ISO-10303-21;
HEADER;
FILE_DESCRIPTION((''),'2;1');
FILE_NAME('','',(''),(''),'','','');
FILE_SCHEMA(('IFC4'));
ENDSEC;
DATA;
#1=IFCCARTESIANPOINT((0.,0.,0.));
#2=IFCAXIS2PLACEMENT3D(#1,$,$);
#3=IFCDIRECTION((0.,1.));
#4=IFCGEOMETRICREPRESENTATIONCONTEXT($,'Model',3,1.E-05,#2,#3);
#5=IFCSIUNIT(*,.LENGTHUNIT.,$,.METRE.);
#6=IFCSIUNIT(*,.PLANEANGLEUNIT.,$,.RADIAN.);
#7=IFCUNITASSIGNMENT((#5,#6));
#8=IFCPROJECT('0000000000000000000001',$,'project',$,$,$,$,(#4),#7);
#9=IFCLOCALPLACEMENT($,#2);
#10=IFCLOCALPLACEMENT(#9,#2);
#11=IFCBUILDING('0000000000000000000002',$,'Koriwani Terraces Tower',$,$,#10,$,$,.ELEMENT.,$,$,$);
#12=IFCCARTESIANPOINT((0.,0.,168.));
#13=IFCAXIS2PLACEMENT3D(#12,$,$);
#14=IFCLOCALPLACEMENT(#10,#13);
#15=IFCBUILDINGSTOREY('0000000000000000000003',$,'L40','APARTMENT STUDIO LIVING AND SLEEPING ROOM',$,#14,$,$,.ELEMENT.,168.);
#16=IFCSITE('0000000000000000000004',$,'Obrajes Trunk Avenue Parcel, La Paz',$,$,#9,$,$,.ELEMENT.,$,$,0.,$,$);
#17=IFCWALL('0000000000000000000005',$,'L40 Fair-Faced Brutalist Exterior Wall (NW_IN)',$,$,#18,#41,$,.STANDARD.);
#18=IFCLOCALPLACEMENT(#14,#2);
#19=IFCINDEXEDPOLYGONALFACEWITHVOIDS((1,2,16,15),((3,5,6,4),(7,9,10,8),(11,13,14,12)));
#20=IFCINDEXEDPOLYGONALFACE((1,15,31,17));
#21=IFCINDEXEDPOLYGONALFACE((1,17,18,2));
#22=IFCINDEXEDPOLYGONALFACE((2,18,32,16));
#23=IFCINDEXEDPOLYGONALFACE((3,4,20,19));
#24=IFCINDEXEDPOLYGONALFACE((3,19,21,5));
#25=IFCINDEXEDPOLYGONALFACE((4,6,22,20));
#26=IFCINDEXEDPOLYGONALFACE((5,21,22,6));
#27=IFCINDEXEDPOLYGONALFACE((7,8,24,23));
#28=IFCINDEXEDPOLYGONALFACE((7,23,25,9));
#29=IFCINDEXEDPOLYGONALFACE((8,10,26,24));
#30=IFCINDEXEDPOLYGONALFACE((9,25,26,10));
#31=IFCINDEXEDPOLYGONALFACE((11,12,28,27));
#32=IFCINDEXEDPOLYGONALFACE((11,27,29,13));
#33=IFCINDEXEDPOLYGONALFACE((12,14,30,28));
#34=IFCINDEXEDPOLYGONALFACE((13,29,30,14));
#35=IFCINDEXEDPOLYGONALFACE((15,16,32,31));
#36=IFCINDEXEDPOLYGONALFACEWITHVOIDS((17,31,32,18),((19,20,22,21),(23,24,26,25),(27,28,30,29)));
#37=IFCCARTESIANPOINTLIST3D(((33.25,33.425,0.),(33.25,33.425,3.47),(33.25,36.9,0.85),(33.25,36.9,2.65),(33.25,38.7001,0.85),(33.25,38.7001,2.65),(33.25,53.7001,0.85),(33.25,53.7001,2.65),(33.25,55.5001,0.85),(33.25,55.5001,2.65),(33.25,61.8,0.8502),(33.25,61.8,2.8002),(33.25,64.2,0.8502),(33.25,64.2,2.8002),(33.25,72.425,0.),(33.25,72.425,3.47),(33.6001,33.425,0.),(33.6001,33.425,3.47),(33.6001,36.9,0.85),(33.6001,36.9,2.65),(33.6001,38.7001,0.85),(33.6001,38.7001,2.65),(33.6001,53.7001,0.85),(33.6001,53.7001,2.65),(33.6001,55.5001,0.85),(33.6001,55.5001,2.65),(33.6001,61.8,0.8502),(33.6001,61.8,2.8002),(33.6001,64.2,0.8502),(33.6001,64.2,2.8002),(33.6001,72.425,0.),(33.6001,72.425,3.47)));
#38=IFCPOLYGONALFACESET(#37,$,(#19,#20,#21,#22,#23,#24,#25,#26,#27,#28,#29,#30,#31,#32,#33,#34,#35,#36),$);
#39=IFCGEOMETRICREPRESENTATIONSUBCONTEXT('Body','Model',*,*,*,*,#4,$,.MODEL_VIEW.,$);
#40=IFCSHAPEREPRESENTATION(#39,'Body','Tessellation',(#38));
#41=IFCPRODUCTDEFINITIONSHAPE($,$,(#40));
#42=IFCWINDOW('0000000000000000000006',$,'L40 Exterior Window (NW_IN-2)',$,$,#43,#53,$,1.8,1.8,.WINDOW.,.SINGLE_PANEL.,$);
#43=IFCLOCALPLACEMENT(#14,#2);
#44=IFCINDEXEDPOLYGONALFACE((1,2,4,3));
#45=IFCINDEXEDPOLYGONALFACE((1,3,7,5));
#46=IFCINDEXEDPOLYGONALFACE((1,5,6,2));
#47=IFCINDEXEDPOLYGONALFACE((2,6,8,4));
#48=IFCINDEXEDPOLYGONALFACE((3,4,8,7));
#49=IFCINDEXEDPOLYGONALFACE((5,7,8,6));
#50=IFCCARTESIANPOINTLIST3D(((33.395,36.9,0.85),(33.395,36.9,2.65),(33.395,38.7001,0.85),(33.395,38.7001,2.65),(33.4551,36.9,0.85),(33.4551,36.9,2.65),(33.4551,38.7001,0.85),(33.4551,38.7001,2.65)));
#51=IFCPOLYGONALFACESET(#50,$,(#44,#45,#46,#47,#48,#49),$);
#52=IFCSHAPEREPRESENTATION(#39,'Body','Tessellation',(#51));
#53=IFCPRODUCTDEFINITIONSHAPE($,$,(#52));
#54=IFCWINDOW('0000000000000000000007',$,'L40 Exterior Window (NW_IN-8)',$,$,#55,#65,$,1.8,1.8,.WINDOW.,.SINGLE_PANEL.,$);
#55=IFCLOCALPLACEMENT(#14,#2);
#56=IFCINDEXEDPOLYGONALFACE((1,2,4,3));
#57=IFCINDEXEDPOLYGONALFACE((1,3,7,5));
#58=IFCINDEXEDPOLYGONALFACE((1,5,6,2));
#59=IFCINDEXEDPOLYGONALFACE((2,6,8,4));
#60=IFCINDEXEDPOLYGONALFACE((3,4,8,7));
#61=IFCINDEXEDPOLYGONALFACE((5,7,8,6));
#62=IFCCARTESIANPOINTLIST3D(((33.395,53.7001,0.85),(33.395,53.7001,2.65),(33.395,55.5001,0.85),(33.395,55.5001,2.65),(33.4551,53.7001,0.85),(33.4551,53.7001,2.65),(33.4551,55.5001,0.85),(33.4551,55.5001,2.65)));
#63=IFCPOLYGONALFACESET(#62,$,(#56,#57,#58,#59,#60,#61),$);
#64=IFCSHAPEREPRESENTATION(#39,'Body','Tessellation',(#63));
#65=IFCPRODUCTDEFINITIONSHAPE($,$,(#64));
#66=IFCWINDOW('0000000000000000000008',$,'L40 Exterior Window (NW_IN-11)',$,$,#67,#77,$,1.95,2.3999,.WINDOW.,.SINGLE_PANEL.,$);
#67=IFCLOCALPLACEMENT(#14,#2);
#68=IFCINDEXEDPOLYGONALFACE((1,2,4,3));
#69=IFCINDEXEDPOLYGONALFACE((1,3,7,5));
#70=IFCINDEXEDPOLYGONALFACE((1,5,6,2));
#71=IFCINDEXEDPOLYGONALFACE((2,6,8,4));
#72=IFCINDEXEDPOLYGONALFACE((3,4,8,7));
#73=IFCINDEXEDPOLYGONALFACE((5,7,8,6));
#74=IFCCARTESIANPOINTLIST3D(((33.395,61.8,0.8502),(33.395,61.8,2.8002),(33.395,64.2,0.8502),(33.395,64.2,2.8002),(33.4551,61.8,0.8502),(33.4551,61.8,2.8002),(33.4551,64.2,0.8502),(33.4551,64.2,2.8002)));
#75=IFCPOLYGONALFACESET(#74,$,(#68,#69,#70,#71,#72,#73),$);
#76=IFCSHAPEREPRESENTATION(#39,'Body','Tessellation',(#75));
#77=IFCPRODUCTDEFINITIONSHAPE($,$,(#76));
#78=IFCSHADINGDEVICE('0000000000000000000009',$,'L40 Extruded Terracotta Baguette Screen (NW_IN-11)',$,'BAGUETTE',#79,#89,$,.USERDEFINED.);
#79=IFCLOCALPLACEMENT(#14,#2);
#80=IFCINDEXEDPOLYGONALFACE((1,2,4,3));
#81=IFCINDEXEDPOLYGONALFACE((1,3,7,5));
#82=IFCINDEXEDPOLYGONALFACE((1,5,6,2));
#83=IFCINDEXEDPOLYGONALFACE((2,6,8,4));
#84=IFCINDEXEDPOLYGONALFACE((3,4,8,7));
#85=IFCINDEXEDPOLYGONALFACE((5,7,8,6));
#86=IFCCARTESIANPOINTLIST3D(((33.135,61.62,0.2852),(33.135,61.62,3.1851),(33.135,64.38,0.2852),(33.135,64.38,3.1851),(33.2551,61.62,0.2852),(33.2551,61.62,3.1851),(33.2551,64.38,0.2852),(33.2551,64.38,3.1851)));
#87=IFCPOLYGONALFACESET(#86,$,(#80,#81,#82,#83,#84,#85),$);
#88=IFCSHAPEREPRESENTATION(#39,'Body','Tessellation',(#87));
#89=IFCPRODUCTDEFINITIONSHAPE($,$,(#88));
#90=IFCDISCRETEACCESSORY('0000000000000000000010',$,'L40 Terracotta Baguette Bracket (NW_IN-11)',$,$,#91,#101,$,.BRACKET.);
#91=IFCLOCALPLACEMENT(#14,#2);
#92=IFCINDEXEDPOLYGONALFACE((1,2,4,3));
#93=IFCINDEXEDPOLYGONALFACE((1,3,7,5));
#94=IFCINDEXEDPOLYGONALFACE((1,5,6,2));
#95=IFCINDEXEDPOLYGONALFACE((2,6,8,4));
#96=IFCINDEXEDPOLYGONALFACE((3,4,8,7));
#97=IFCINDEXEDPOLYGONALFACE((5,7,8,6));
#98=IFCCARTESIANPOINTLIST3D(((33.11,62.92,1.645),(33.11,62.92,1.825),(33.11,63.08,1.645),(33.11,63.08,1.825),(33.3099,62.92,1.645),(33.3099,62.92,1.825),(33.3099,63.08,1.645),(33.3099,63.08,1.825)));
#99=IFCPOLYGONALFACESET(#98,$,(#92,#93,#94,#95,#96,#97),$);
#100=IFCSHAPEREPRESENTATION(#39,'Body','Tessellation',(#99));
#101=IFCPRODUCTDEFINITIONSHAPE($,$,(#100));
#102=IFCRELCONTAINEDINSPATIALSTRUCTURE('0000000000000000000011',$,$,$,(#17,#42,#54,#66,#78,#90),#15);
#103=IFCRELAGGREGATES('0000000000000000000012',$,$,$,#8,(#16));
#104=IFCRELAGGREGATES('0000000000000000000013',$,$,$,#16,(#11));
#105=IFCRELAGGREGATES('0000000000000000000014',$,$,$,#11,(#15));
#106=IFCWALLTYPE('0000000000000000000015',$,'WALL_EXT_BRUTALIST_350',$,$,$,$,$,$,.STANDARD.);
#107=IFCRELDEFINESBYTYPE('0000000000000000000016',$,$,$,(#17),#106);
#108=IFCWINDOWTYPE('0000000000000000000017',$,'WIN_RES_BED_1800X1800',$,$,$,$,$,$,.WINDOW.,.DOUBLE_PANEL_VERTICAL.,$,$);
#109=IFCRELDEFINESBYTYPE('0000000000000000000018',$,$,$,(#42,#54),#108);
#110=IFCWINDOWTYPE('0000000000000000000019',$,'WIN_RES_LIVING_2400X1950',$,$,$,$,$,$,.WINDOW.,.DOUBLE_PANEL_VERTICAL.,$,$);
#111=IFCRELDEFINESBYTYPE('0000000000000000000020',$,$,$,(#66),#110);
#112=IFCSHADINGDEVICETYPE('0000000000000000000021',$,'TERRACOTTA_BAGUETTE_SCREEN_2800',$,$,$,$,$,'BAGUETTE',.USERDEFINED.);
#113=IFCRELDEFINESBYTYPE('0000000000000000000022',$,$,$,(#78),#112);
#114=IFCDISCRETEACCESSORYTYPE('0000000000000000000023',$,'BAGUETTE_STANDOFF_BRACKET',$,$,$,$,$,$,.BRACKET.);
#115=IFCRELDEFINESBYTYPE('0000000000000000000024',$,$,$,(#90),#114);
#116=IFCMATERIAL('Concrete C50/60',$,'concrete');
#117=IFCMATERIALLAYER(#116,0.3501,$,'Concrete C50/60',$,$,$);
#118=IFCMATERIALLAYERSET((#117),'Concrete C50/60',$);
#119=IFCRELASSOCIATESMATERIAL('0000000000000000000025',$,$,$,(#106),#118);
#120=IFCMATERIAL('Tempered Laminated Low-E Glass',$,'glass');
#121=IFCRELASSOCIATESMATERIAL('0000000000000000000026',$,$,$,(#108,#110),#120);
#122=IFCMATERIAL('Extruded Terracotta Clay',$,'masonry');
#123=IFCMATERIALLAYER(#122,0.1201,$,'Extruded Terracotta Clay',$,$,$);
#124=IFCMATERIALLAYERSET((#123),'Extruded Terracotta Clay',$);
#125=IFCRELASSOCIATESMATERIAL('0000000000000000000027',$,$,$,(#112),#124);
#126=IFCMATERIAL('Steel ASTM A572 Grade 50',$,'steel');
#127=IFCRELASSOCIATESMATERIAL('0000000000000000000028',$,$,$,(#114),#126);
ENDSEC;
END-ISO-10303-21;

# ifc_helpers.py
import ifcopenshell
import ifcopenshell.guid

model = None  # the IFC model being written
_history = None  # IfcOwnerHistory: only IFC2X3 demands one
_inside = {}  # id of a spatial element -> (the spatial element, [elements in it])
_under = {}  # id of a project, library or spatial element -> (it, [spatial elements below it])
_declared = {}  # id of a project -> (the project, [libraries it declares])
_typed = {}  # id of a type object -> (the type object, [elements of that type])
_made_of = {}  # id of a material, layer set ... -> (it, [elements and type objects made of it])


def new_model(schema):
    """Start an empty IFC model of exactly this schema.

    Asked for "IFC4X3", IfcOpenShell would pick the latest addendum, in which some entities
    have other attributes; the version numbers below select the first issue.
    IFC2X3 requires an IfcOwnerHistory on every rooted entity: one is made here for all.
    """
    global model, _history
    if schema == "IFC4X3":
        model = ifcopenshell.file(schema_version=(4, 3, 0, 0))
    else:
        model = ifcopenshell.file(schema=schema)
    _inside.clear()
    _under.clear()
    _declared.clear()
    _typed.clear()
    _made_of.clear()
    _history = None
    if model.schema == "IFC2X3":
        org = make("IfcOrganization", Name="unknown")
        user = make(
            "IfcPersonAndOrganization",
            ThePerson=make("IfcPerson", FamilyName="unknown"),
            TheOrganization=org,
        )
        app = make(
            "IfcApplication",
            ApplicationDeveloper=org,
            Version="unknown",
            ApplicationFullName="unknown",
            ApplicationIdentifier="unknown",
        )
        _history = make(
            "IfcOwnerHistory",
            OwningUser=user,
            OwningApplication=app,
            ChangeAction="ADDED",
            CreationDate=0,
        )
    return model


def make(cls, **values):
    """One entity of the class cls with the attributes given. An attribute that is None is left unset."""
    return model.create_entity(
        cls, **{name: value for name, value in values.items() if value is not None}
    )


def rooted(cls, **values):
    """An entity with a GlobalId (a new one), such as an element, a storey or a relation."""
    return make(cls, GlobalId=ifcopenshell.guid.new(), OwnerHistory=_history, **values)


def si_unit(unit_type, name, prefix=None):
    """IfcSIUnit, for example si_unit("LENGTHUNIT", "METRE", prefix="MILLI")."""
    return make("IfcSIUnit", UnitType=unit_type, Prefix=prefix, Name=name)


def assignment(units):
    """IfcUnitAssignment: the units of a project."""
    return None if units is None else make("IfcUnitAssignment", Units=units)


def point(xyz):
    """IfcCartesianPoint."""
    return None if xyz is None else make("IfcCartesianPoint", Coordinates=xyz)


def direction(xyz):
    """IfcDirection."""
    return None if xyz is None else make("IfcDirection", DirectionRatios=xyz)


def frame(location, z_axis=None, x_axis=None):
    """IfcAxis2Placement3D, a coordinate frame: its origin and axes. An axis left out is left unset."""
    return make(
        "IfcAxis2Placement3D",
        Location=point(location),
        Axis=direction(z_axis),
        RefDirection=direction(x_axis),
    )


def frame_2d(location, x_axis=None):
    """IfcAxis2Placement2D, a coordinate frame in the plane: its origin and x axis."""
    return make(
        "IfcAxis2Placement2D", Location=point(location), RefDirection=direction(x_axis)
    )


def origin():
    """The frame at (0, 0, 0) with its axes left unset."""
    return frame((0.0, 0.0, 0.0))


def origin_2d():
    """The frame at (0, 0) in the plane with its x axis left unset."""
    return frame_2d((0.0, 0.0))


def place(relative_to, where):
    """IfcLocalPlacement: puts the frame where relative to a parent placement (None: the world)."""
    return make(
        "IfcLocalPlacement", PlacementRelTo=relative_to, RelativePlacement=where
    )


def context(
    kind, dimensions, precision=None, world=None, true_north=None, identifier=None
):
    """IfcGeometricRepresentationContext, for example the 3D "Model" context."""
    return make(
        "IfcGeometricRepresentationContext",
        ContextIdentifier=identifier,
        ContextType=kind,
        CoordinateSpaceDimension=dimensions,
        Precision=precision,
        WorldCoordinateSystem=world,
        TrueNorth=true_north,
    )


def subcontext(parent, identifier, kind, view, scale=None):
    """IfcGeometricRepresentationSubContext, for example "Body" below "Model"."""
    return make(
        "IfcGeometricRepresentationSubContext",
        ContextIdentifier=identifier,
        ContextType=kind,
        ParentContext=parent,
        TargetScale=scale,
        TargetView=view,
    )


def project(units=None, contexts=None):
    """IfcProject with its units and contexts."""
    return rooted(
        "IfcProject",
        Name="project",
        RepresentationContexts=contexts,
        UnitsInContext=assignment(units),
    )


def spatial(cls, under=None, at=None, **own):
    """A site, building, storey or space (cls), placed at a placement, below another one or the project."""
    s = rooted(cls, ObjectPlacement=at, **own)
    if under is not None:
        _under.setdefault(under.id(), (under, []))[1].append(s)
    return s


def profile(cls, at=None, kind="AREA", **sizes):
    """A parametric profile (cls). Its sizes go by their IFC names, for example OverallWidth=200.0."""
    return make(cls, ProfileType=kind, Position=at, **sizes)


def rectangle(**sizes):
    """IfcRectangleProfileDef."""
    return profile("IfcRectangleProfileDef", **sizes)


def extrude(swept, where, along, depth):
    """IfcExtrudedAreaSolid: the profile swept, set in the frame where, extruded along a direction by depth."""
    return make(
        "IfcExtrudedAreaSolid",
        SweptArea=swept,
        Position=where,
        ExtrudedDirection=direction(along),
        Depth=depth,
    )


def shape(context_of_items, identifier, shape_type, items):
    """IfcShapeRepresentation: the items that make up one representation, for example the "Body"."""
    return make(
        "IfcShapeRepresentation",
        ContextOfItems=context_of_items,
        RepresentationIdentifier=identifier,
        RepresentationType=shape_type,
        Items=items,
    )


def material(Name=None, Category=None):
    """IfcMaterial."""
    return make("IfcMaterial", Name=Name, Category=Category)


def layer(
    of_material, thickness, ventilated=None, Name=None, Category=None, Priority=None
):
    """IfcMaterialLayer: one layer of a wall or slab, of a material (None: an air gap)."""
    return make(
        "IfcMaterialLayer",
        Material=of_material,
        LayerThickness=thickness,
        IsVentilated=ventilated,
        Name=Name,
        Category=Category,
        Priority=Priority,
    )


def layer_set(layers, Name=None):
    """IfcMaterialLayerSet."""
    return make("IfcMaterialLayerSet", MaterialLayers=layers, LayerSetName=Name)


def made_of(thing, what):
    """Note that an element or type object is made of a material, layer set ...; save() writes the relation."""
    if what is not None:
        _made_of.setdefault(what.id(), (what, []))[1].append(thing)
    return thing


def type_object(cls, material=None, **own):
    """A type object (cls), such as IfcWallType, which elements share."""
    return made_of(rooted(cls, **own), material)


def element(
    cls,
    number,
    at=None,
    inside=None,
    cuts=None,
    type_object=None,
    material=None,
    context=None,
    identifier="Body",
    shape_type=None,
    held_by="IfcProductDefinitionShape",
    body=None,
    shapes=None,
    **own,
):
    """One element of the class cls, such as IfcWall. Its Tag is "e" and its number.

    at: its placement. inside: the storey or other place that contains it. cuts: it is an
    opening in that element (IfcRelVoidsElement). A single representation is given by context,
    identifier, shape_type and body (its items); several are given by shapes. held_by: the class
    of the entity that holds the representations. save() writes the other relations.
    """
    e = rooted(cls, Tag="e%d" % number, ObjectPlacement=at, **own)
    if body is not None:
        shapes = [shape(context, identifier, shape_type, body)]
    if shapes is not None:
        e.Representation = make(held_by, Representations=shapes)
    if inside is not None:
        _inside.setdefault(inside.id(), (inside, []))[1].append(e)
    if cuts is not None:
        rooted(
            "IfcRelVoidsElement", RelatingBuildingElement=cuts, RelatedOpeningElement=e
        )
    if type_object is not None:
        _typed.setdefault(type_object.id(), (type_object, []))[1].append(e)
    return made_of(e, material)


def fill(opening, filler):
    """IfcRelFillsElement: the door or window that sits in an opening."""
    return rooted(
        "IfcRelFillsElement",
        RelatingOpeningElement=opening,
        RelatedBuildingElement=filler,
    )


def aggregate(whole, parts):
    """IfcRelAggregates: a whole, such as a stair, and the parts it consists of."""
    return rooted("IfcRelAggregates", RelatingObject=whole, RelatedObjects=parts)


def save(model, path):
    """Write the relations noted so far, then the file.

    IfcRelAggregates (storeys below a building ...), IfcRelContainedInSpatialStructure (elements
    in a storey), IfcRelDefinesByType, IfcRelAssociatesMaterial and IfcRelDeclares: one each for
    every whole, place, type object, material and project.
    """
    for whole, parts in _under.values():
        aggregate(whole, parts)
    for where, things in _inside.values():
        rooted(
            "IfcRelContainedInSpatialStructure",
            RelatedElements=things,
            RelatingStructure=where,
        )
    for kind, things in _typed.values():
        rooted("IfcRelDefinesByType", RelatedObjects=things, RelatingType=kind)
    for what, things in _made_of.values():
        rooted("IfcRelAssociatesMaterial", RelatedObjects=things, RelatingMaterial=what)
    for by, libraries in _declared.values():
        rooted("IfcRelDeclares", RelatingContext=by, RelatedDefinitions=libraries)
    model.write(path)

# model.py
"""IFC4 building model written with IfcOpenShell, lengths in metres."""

from ifc_helpers import new_model, si_unit, direction, frame, frame_2d, origin, origin_2d, place, context, subcontext, project, spatial, rectangle, extrude, material, layer, layer_set, type_object, element, fill, save


model = new_model("IFC4")

# Units and contexts
model_context = context("Model", 3, precision=1e-05, world=origin(), true_north=direction((0.0, 1.0)))
body_context = subcontext(model_context, "Body", "Model", "MODEL_VIEW")
ifc_project = project(units=[si_unit("LENGTHUNIT", "METRE"), si_unit("PLANEANGLEUNIT", "RADIAN")], contexts=[model_context])

# Site, building, storey
site_placement = place(None, origin())
site = spatial("IfcSite", under=ifc_project, at=site_placement, Name="Obrajes Trunk Avenue Parcel, La Paz", CompositionType="ELEMENT", RefElevation=0.0)
building_placement = place(site_placement, origin())
building = spatial("IfcBuilding", under=site, at=building_placement, Name="Koriwani Terraces Tower", CompositionType="ELEMENT")
storey_placement = place(building_placement, frame((0.0, 0.0, 168.0)))
storey = spatial("IfcBuildingStorey", under=building, at=storey_placement, Name="L40", Description="APARTMENT STUDIO LIVING AND SLEEPING ROOM", CompositionType="ELEMENT", Elevation=168.0)

# Shared definitions
ifc_material_1 = material(Name="Concrete C50/60", Category="concrete")

# Wall, openings, windows
ifc_layer_1 = layer(ifc_material_1, 0.3501, Name="Concrete C50/60")
ifc_layer_set_1 = layer_set([ifc_layer_1], Name="Concrete C50/60")
wall_type = type_object("IfcWallType", Name="WALL_EXT_BRUTALIST_350", PredefinedType="STANDARD", material=ifc_layer_set_1)
wall_placement = place(storey_placement, frame((33.425, 72.425, 0.0), z_axis=(0.0, 0.0, 1.0), x_axis=(0.0, -1.0, 0.0)))
wall = element("IfcWall", 1, at=wall_placement, inside=storey, type_object=wall_type, Name="L40 Fair-Faced Brutalist Exterior Wall (NW_IN)", PredefinedType="STANDARD", context=body_context, shape_type="SweptSolid", body=[
    extrude(rectangle(XDim=39.0, YDim=0.3501, at=frame_2d((19.5, 0.0))), origin(), (0.0, 0.0, 1.0), 3.47),
])
opening_1_placement = place(wall_placement, frame((33.7251, 0.0, 0.8501)))
opening_1 = element("IfcOpeningElement", 2, at=opening_1_placement, cuts=wall, PredefinedType="OPENING", context=body_context, shape_type="SweptSolid", body=[
    extrude(rectangle(XDim=1.8, YDim=1.8, at=frame_2d((0.8999, 0.8999))), frame((0.0, 0.1851, 0.0), z_axis=(0.0, -1.0, 0.0), x_axis=(1.0, 0.0, 0.0)), (0.0, 0.0, 1.0), 0.3701),
])
opening_2_placement = place(wall_placement, frame((16.925, 0.0, 0.8501)))
opening_2 = element("IfcOpeningElement", 3, at=opening_2_placement, cuts=wall, PredefinedType="OPENING", context=body_context, shape_type="SweptSolid", body=[
    extrude(rectangle(XDim=1.8, YDim=1.8, at=frame_2d((0.8999, 0.8999))), frame((0.0, 0.1851, 0.0), z_axis=(0.0, -1.0, 0.0), x_axis=(1.0, 0.0, 0.0)), (0.0, 0.0, 1.0), 0.3701),
])
opening_3_placement = place(wall_placement, frame((8.2251, 0.0, 0.8501)))
opening_3 = element("IfcOpeningElement", 4, at=opening_3_placement, cuts=wall, PredefinedType="OPENING", context=body_context, shape_type="SweptSolid", body=[
    extrude(rectangle(XDim=2.3999, YDim=1.95, at=frame_2d((1.2, 0.9751))), frame((0.0, 0.1851, 0.0), z_axis=(0.0, -1.0, 0.0), x_axis=(1.0, 0.0, 0.0)), (0.0, 0.0, 1.0), 0.3701),
])
ifc_material_2 = material(Name="Tempered Laminated Low-E Glass", Category="glass")
window_type_1 = type_object("IfcWindowType", Name="WIN_RES_BED_1800X1800", PartitioningType="DOUBLE_PANEL_VERTICAL", PredefinedType="WINDOW", material=ifc_material_2)
window_1_placement = place(opening_1_placement, origin())
window_1 = element("IfcWindow", 5, at=window_1_placement, inside=storey, type_object=window_type_1, Name="L40 Exterior Window (NW_IN-2)", OverallHeight=1.8, OverallWidth=1.8, PartitioningType="SINGLE_PANEL", PredefinedType="WINDOW", context=body_context, shape_type="SweptSolid", body=[
    extrude(rectangle(XDim=1.8, YDim=1.8, at=frame_2d((0.8999, 0.8999))), frame((0.0, 0.03, 0.0), z_axis=(0.0, -1.0, 0.0), x_axis=(1.0, 0.0, 0.0)), (0.0, 0.0, 1.0), 0.0601),
])
fill(opening_1, window_1)
window_2_placement = place(opening_2_placement, origin())
window_2 = element("IfcWindow", 6, at=window_2_placement, inside=storey, type_object=window_type_1, Name="L40 Exterior Window (NW_IN-8)", OverallHeight=1.8, OverallWidth=1.8, PartitioningType="SINGLE_PANEL", PredefinedType="WINDOW", context=body_context, shape_type="SweptSolid", body=[
    extrude(rectangle(XDim=1.8, YDim=1.8, at=frame_2d((0.8999, 0.8999))), frame((0.0, 0.03, 0.0), z_axis=(0.0, -1.0, 0.0), x_axis=(1.0, 0.0, 0.0)), (0.0, 0.0, 1.0), 0.0601),
])
fill(opening_2, window_2)
window_type_2 = type_object("IfcWindowType", Name="WIN_RES_LIVING_2400X1950", PartitioningType="DOUBLE_PANEL_VERTICAL", PredefinedType="WINDOW", material=ifc_material_2)
window_3_placement = place(opening_3_placement, origin())
window_3 = element("IfcWindow", 7, at=window_3_placement, inside=storey, type_object=window_type_2, Name="L40 Exterior Window (NW_IN-11)", OverallHeight=1.95, OverallWidth=2.3999, PartitioningType="SINGLE_PANEL", PredefinedType="WINDOW", context=body_context, shape_type="SweptSolid", body=[
    extrude(rectangle(XDim=2.3999, YDim=1.95, at=frame_2d((1.2, 0.9751))), frame((0.0, 0.03, 0.0), z_axis=(0.0, -1.0, 0.0), x_axis=(1.0, 0.0, 0.0)), (0.0, 0.0, 1.0), 0.0601),
])
fill(opening_3, window_3)

# Shared definitions
ifc_material_3 = material(Name="Steel ASTM A572 Grade 50", Category="steel")

# Shading device
ifc_material_4 = material(Name="Extruded Terracotta Clay", Category="masonry")
ifc_layer_2 = layer(ifc_material_4, 0.1201, Name="Extruded Terracotta Clay")
ifc_layer_set_2 = layer_set([ifc_layer_2], Name="Extruded Terracotta Clay")
shading_device_type = type_object("IfcShadingDeviceType", Name="TERRACOTTA_BAGUETTE_SCREEN_2800", ElementType="BAGUETTE", PredefinedType="USERDEFINED", material=ifc_layer_set_2)
shading_device_placement = place(storey_placement, frame((33.1951, 63.0, 0.2852), z_axis=(0.0, 0.0, 1.0), x_axis=(0.0, -1.0, 0.0)))
element("IfcShadingDevice", 8, at=shading_device_placement, inside=storey, type_object=shading_device_type, Name="L40 Extruded Terracotta Baguette Screen (NW_IN-11)", ObjectType="BAGUETTE", PredefinedType="USERDEFINED", context=body_context, shape_type="SweptSolid", body=[
    extrude(rectangle(XDim=2.76, YDim=0.1201, at=origin_2d()), origin(), (0.0, 0.0, 1.0), 2.8999),
])

# Discrete accessory
discrete_accessory_type = type_object("IfcDiscreteAccessoryType", Name="BAGUETTE_STANDOFF_BRACKET", PredefinedType="BRACKET", material=ifc_material_3)
discrete_accessory_placement = place(storey_placement, frame((33.21, 63.0, 1.645), z_axis=(0.0, 0.0, 1.0), x_axis=(0.0, -1.0, 0.0)))
element("IfcDiscreteAccessory", 9, at=discrete_accessory_placement, inside=storey, type_object=discrete_accessory_type, Name="L40 Terracotta Baguette Bracket (NW_IN-11)", PredefinedType="BRACKET", context=body_context, shape_type="SweptSolid", body=[
    extrude(rectangle(XDim=0.1599, YDim=0.2, at=origin_2d()), origin(), (0.0, 0.0, 1.0), 0.1799),
])

save(model, "model.ifc")
